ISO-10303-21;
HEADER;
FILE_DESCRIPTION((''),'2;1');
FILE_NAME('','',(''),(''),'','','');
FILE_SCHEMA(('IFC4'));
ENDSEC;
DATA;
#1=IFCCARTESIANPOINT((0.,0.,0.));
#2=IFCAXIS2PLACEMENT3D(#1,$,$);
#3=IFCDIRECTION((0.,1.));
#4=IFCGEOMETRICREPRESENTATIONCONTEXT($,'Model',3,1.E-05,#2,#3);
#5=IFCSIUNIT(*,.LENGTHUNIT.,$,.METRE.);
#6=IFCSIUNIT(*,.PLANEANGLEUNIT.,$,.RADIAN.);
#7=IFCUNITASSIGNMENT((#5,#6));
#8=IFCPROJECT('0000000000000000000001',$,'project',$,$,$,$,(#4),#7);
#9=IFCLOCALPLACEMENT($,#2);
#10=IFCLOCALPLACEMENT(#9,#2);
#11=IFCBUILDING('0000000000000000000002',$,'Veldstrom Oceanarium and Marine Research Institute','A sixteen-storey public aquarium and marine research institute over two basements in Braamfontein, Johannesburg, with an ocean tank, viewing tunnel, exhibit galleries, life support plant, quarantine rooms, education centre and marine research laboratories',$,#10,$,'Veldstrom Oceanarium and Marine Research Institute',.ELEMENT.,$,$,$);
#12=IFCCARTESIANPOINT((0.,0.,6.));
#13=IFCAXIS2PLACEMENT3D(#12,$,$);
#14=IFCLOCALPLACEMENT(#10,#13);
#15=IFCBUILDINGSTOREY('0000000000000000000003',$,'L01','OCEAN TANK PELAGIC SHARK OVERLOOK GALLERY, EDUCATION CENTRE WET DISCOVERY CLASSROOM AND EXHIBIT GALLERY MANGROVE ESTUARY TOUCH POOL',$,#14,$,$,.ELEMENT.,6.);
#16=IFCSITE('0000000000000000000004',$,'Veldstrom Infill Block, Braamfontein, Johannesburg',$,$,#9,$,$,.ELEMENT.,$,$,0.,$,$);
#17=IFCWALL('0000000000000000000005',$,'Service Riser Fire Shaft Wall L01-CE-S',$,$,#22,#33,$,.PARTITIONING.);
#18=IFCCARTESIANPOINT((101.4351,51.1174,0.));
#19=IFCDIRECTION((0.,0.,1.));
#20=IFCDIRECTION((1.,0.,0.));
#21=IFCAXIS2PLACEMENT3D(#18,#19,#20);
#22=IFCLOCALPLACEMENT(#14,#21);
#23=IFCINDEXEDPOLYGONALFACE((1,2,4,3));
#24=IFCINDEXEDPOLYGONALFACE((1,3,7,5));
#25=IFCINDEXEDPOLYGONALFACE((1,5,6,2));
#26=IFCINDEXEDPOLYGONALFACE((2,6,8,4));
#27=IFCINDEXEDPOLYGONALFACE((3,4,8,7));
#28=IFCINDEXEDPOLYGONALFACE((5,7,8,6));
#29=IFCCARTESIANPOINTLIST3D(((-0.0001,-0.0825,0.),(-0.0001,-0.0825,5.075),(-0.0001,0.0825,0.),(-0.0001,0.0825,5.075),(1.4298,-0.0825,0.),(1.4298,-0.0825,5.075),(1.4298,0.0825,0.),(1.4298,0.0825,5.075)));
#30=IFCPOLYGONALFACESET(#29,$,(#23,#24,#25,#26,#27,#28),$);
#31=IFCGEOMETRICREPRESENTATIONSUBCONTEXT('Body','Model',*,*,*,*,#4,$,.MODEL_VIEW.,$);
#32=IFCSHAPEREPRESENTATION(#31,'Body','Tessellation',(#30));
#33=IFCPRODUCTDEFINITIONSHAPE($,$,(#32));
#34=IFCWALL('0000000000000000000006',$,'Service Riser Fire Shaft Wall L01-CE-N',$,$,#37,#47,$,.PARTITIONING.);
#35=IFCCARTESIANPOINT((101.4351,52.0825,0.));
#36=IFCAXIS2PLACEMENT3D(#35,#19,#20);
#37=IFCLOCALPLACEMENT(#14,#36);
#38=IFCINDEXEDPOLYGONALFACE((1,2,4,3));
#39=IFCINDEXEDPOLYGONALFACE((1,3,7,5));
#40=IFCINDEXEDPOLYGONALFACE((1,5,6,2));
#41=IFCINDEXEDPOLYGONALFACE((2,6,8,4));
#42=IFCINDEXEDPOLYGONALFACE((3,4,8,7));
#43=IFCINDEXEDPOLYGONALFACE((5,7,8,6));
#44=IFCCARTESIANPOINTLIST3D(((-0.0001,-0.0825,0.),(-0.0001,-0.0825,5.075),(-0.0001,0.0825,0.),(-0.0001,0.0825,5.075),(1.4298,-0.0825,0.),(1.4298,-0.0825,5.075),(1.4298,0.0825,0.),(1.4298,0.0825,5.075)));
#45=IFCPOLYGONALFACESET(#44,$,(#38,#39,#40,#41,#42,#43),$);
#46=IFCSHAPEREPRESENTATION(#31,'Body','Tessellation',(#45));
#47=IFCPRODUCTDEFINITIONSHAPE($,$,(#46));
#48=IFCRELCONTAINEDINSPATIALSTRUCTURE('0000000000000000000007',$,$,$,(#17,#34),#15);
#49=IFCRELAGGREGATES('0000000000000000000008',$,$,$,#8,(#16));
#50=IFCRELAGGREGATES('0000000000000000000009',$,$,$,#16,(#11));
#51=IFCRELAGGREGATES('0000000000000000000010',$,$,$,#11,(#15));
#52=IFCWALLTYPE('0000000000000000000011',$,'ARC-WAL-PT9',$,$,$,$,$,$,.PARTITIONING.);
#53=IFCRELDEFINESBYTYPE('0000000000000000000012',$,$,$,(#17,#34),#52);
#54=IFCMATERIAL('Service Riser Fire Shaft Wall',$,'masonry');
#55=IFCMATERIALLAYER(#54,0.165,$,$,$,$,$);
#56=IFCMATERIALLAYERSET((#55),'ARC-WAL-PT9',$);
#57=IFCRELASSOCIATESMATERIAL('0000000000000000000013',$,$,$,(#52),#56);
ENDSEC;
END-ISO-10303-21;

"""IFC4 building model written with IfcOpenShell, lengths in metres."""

from ifc_helpers import new_model, si_unit, direction, frame, frame_2d, origin, place, context, subcontext, project, spatial, rectangle, extrude, material, layer, layer_set, type_object, element, save


model = new_model("IFC4")

# Units and contexts
model_context = context("Model", 3, precision=1e-05, world=origin(), true_north=direction((0.0, 1.0)))
body_context = subcontext(model_context, "Body", "Model", "MODEL_VIEW")
ifc_project = project(units=[si_unit("LENGTHUNIT", "METRE"), si_unit("PLANEANGLEUNIT", "RADIAN")], contexts=[model_context])

# Site, building, storey
site_placement = place(None, origin())
site = spatial("IfcSite", under=ifc_project, at=site_placement, Name="Veldstrom Infill Block, Braamfontein, Johannesburg", CompositionType="ELEMENT", RefElevation=0.0)
building_placement = place(site_placement, origin())
building = spatial("IfcBuilding", under=site, at=building_placement, Name="Veldstrom Oceanarium and Marine Research Institute", Description="A sixteen-storey public aquarium and marine research institute over two basements in Braamfontein, Johannesburg, with an ocean tank, viewing tunnel, exhibit galleries, life support plant, quarantine rooms, education centre and marine research laboratories", LongName="Veldstrom Oceanarium and Marine Research Institute", CompositionType="ELEMENT")
storey_placement = place(building_placement, frame((0.0, 0.0, 6.0)))
storey = spatial("IfcBuildingStorey", under=building, at=storey_placement, Name="L01", Description="OCEAN TANK PELAGIC SHARK OVERLOOK GALLERY, EDUCATION CENTRE WET DISCOVERY CLASSROOM AND EXHIBIT GALLERY MANGROVE ESTUARY TOUCH POOL", CompositionType="ELEMENT", Elevation=6.0)

# Walls
ifc_material_1 = material(Name="Service Riser Fire Shaft Wall", Category="masonry")
ifc_layer_1 = layer(ifc_material_1, 0.165)
ifc_layer_set_1 = layer_set([ifc_layer_1], Name="ARC-WAL-PT9")
wall_type_1 = type_object("IfcWallType", Name="ARC-WAL-PT9", PredefinedType="PARTITIONING", material=ifc_layer_set_1)
for number, where, z_axis, x_axis, name in (
    (1, (101.4351, 51.1174, 0.0), (0.0, 0.0, 1.0), (1.0, 0.0, 0.0), "Service Riser Fire Shaft Wall L01-CE-S"),
    (2, (101.4351, 52.0825, 0.0), (0.0, 0.0, 1.0), (1.0, 0.0, 0.0), "Service Riser Fire Shaft Wall L01-CE-N"),
):
    element("IfcWall", number, at=place(storey_placement, frame(where, z_axis=z_axis, x_axis=x_axis)), inside=storey, type_object=wall_type_1, Name=name, PredefinedType="PARTITIONING", context=body_context, shape_type="SweptSolid", body=[
        extrude(rectangle(XDim=1.4299, YDim=0.165, at=frame_2d((0.7148, 0.0))), origin(), (0.0, 0.0, 1.0), 5.075),
    ])

save(model, "model.ifc")
